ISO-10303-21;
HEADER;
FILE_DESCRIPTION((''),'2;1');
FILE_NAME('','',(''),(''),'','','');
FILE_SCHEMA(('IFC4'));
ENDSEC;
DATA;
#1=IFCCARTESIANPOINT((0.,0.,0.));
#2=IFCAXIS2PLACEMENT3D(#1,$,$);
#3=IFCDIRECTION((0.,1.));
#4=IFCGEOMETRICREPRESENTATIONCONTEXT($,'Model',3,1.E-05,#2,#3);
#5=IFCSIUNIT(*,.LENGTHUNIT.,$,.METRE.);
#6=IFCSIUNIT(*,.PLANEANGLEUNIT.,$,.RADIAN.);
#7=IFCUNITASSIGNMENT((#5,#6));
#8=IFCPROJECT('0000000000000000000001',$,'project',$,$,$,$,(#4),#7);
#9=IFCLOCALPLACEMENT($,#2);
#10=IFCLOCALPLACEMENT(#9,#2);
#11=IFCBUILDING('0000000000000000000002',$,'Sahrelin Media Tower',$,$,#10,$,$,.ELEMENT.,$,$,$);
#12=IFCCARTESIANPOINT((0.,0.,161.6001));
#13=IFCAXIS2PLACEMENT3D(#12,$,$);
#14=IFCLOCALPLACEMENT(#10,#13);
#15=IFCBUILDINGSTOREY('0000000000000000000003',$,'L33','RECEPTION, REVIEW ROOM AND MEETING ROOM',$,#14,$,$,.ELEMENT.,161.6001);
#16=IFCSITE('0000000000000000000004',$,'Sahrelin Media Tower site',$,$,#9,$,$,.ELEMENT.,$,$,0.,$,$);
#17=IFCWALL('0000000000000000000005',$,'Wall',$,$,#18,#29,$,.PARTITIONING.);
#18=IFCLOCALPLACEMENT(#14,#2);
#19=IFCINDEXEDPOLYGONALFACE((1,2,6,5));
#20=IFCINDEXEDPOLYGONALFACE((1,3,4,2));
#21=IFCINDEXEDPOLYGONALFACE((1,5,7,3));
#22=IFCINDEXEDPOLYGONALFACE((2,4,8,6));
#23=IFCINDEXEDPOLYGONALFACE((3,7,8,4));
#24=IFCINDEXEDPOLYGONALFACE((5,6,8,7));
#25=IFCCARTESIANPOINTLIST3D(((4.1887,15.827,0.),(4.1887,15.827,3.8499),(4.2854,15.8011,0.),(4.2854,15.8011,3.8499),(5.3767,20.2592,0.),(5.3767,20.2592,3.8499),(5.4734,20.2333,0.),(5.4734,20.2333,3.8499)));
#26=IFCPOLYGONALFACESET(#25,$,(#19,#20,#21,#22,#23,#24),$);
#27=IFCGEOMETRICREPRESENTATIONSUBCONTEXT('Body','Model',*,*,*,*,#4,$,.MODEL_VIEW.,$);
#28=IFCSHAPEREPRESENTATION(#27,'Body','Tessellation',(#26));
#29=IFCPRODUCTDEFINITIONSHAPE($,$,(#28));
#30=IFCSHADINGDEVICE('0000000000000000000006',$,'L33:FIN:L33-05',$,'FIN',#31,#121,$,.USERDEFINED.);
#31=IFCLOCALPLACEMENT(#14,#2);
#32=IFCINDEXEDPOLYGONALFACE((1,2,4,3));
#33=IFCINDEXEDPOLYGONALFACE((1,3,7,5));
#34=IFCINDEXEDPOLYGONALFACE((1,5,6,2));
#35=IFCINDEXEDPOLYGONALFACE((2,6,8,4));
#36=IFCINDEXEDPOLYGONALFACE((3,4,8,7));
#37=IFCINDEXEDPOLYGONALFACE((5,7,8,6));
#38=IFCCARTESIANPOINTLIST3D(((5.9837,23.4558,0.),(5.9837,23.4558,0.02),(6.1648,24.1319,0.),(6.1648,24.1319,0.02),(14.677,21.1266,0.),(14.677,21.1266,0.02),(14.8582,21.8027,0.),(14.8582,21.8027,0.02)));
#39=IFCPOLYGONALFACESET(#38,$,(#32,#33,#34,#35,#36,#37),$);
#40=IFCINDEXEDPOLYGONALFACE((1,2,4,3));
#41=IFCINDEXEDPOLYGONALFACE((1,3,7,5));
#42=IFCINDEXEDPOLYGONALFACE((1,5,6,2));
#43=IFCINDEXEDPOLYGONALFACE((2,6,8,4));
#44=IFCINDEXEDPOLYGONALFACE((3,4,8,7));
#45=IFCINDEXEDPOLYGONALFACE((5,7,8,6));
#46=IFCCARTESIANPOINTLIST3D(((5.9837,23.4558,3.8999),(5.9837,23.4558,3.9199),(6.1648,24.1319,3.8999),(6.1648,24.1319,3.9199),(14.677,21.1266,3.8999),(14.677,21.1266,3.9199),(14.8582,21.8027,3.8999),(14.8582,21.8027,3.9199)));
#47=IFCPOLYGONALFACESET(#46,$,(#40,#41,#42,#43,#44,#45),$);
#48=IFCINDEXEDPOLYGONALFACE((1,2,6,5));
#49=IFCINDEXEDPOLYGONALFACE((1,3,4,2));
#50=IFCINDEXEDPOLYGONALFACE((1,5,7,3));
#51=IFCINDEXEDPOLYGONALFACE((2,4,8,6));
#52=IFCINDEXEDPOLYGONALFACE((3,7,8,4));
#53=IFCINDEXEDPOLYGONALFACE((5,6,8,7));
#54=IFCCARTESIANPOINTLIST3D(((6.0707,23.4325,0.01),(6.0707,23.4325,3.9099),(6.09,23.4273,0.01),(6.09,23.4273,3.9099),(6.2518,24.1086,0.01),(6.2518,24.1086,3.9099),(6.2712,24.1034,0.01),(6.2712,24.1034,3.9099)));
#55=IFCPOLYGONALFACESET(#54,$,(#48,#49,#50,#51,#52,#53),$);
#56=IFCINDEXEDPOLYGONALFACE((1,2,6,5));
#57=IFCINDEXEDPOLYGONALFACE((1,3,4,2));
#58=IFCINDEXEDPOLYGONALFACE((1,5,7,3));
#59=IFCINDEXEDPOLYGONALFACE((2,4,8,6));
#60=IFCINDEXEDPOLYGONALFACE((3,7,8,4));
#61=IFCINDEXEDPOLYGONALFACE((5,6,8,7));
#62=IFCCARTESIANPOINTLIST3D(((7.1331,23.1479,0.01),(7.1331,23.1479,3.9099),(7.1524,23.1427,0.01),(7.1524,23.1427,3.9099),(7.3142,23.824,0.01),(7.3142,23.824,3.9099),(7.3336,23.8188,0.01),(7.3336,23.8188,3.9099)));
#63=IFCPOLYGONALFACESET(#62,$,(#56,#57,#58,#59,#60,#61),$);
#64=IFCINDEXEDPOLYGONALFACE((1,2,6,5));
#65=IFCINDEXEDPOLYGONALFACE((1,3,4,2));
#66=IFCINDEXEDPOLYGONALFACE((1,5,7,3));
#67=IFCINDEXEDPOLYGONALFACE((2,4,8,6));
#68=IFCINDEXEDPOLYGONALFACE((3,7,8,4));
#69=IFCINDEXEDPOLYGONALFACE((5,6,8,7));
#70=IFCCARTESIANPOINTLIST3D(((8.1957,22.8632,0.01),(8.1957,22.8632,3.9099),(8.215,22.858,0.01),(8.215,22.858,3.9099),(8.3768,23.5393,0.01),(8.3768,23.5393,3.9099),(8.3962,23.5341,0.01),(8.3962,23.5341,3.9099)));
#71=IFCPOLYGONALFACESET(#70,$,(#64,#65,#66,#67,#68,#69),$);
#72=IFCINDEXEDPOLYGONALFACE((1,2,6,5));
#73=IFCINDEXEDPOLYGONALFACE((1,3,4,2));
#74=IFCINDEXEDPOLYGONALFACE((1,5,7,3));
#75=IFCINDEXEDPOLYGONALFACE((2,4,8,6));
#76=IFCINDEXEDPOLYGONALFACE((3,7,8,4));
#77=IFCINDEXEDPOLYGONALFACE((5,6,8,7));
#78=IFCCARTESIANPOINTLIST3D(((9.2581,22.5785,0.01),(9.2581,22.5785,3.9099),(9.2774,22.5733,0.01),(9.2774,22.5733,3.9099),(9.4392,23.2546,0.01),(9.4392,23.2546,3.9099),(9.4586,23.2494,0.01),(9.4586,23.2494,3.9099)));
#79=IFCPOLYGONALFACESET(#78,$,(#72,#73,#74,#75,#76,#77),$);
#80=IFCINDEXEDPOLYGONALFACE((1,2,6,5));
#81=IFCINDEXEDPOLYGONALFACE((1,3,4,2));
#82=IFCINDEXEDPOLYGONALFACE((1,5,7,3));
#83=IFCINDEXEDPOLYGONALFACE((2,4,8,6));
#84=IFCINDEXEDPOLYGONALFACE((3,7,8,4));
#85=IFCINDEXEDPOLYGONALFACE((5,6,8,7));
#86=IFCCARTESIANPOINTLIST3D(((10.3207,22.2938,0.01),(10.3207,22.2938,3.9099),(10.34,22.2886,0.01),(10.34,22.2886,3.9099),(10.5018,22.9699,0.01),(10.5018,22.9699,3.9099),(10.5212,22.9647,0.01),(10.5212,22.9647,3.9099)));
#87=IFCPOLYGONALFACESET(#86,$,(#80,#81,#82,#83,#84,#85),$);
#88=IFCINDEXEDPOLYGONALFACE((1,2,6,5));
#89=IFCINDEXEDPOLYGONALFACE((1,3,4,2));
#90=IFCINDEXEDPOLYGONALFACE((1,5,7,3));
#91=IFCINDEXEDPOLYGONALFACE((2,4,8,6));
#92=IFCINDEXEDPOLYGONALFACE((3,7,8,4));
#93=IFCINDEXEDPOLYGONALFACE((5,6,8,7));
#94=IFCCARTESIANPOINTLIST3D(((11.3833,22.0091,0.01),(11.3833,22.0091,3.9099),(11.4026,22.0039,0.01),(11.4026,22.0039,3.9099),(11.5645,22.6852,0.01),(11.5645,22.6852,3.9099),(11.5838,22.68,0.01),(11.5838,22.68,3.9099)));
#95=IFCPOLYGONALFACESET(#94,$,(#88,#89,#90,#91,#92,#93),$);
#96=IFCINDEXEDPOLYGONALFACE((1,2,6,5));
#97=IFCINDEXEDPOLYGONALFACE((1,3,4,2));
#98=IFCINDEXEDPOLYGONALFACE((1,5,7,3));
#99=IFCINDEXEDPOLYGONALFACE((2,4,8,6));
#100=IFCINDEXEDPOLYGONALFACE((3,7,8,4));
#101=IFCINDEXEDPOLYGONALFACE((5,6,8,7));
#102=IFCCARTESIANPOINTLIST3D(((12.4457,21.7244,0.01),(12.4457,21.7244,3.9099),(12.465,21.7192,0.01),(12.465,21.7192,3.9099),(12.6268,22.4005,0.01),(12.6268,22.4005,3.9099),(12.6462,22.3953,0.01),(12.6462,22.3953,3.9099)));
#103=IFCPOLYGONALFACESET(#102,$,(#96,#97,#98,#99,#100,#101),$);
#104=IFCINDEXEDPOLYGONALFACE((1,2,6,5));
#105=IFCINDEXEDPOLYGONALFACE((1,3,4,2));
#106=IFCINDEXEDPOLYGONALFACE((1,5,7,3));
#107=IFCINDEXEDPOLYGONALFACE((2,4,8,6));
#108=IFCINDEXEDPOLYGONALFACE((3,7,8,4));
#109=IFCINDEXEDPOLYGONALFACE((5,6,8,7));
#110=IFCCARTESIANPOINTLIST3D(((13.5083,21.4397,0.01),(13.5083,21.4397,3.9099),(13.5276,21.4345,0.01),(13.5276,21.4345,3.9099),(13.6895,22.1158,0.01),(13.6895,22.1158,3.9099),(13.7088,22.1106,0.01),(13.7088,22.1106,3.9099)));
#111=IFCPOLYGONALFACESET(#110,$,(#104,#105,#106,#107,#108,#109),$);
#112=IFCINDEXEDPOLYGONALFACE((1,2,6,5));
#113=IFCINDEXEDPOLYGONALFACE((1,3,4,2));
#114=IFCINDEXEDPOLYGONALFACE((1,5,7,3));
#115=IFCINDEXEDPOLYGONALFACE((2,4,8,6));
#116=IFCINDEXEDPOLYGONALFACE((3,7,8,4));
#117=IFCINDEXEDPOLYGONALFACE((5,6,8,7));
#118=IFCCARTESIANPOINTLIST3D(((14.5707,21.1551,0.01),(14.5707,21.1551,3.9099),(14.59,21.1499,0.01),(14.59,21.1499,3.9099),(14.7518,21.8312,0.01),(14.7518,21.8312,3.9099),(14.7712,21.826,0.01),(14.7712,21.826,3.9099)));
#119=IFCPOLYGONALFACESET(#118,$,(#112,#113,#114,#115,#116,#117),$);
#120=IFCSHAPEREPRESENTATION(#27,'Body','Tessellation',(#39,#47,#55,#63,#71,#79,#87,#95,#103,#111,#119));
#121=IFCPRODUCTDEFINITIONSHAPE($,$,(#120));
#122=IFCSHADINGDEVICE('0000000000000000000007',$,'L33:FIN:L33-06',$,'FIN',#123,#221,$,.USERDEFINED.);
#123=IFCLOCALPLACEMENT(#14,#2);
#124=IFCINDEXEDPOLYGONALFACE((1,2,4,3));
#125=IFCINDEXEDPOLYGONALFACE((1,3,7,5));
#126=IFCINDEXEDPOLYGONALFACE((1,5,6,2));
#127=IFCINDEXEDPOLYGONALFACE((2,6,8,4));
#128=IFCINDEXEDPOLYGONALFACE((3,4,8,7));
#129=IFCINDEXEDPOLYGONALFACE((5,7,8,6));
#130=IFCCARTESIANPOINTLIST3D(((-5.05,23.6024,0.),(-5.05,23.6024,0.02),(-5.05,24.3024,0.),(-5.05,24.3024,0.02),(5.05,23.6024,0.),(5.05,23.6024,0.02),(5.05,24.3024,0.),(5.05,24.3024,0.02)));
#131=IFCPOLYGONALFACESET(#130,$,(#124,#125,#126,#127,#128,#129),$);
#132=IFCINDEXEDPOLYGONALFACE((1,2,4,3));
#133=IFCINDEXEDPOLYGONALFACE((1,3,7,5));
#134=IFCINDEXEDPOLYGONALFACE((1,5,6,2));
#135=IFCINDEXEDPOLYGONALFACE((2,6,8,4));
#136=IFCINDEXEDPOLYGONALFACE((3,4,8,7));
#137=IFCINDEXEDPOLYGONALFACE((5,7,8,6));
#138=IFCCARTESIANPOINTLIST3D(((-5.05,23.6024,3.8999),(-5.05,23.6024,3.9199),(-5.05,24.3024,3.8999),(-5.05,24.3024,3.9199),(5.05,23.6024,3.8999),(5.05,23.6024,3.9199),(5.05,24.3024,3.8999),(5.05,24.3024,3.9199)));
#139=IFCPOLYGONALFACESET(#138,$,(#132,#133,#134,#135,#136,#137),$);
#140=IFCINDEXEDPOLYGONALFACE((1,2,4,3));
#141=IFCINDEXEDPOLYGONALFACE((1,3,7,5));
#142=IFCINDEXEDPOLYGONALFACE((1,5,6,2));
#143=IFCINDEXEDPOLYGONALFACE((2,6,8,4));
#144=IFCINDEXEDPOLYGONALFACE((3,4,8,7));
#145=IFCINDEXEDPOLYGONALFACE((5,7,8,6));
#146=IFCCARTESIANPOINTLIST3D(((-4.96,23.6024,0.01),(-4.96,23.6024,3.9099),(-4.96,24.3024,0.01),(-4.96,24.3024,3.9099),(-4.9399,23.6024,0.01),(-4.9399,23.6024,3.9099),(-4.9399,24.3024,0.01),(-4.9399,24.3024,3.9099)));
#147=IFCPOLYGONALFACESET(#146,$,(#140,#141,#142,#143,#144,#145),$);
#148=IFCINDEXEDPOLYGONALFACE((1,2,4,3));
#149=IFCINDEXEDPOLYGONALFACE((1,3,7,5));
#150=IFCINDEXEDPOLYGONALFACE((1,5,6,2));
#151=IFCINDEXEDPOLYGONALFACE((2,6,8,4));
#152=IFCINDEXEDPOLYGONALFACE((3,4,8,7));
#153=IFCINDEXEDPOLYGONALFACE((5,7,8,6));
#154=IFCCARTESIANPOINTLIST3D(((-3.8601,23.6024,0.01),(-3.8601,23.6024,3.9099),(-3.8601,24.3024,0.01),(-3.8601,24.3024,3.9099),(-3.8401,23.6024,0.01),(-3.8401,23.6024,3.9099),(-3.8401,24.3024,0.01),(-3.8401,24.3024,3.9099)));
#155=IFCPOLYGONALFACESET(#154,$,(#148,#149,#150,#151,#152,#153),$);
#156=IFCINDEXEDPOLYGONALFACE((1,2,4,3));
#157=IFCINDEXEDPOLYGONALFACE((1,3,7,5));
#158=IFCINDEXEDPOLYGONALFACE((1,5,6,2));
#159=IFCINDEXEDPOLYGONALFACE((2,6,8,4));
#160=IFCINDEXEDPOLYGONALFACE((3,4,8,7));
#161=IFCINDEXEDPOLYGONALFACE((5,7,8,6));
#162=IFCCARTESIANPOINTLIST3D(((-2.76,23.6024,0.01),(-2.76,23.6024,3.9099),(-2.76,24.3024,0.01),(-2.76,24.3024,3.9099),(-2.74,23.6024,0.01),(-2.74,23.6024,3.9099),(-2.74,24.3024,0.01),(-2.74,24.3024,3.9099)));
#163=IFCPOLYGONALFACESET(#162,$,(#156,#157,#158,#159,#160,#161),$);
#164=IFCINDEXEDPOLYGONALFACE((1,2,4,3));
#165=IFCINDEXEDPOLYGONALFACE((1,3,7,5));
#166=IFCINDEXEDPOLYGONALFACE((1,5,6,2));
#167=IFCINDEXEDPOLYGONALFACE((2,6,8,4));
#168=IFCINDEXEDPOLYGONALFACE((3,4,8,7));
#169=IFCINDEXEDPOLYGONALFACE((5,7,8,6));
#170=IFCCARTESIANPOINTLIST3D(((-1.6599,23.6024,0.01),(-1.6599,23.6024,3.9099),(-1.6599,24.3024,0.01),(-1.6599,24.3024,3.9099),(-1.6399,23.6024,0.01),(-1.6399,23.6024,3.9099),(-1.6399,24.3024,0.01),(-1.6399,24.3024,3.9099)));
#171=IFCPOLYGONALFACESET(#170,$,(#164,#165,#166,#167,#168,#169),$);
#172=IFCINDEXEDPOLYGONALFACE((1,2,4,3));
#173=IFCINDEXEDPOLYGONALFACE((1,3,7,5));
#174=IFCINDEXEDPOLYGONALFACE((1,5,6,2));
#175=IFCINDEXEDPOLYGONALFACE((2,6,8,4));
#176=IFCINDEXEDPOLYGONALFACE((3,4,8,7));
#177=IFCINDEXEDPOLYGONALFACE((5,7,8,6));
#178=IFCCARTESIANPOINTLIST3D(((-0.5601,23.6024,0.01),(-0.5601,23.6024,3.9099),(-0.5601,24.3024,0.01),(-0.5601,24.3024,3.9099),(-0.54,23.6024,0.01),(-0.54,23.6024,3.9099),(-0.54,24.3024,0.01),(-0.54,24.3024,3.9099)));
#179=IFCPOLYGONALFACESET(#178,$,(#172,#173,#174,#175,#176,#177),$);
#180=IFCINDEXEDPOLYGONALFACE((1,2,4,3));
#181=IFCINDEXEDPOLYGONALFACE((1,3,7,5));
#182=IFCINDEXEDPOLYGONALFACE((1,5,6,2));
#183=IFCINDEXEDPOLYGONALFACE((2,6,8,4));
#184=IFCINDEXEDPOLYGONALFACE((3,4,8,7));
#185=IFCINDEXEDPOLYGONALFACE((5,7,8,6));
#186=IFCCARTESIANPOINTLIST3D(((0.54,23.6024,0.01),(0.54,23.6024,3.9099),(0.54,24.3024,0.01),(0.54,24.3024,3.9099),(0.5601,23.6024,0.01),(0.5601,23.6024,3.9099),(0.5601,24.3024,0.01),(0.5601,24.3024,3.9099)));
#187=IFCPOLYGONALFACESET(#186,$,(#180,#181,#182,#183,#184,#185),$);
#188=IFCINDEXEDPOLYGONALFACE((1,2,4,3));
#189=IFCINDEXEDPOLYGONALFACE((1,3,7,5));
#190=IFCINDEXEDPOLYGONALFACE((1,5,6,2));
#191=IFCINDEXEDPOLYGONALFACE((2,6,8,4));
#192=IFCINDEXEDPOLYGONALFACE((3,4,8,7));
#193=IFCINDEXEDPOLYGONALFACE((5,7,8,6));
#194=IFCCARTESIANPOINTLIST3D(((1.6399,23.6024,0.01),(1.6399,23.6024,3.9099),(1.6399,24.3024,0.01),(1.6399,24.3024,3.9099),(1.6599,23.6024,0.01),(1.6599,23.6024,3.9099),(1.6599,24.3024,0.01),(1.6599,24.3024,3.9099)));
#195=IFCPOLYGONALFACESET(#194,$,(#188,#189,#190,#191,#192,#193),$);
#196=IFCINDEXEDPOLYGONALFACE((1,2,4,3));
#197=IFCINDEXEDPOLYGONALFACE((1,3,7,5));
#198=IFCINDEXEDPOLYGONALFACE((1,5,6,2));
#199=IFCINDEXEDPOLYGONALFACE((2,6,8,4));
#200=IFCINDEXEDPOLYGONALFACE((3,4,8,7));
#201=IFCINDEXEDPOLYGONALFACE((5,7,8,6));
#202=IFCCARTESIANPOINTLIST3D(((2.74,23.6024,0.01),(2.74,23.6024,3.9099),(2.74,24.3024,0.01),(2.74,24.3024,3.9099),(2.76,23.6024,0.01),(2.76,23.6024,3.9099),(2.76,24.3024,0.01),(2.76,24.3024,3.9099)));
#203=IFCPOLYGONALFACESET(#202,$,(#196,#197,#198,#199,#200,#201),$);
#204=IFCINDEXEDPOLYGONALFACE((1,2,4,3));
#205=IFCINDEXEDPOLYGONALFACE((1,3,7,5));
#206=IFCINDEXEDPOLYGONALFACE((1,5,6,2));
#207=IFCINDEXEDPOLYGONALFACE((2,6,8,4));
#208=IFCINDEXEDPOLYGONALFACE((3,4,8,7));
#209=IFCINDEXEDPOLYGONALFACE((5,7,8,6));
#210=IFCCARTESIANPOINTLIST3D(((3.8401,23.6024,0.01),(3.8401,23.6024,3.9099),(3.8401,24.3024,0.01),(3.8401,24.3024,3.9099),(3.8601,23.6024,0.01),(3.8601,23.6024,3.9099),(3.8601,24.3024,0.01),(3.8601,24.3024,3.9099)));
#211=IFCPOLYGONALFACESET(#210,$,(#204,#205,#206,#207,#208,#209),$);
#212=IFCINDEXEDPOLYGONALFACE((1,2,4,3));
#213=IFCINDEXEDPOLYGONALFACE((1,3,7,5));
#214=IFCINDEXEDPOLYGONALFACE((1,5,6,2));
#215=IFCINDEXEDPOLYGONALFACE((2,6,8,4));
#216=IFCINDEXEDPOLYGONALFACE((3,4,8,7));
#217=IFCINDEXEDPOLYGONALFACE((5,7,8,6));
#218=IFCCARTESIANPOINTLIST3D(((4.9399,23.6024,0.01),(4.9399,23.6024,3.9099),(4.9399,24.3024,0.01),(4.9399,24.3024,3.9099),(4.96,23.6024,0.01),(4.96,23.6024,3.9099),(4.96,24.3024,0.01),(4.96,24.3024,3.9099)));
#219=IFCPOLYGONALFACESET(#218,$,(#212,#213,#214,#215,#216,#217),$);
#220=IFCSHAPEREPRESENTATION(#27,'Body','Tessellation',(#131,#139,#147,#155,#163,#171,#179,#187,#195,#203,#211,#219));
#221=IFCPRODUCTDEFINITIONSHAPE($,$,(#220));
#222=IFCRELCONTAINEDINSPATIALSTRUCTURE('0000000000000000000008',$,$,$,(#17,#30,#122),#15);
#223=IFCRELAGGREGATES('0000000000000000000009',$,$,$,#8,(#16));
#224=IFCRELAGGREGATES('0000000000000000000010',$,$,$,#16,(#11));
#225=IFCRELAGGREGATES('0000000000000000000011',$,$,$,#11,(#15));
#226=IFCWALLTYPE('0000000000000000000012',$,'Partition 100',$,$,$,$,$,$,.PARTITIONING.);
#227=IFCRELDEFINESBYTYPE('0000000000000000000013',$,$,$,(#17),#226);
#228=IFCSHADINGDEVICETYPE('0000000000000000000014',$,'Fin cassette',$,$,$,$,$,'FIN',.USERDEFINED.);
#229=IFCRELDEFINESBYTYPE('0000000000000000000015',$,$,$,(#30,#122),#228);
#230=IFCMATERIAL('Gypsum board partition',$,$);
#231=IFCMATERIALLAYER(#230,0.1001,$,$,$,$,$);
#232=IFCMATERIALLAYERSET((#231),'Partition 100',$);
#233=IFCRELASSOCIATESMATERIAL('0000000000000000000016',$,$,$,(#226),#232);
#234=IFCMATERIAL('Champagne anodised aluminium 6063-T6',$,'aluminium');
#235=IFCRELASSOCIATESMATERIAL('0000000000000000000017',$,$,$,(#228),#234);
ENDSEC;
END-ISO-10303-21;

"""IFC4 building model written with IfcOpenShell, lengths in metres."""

from ifc_helpers import new_model, si_unit, direction, frame, frame_2d, origin, origin_2d, place, context, subcontext, project, spatial, rectangle, extrude, material, layer, layer_set, type_object, element, save


model = new_model("IFC4")

# Units and contexts
model_context = context("Model", 3, precision=1e-05, world=origin(), true_north=direction((0.0, 1.0)))
body_context = subcontext(model_context, "Body", "Model", "MODEL_VIEW")
ifc_project = project(units=[si_unit("LENGTHUNIT", "METRE"), si_unit("PLANEANGLEUNIT", "RADIAN")], contexts=[model_context])

# Site, building, storey
site_placement = place(None, origin())
site = spatial("IfcSite", under=ifc_project, at=site_placement, Name="Sahrelin Media Tower site", CompositionType="ELEMENT", RefElevation=0.0)
building_placement = place(site_placement, origin())
building = spatial("IfcBuilding", under=site, at=building_placement, Name="Sahrelin Media Tower", CompositionType="ELEMENT")
storey_placement = place(building_placement, frame((0.0, 0.0, 161.6001)))
storey = spatial("IfcBuildingStorey", under=building, at=storey_placement, Name="L33", Description="RECEPTION, REVIEW ROOM AND MEETING ROOM", CompositionType="ELEMENT", Elevation=161.6001)

# Shared definitions
ifc_material_1 = material(Name="Champagne anodised aluminium 6063-T6", Category="aluminium")
placement_1 = place(storey_placement, frame((0.0, 23.5325, 0.0), z_axis=(0.0, 0.0, 1.0), x_axis=(1.0, 0.0, 0.0)))

# Wall
ifc_material_2 = material(Name="Gypsum board partition")
ifc_layer_1 = layer(ifc_material_2, 0.1001)
ifc_layer_set_1 = layer_set([ifc_layer_1], Name="Partition 100")
wall_type_1 = type_object("IfcWallType", Name="Partition 100", PredefinedType="PARTITIONING", material=ifc_layer_set_1)
wall_1_placement = place(storey_placement, frame((4.2371, 15.814, 0.0), z_axis=(0.0, 0.0, 1.0), x_axis=(0.258901, 0.965904, 0.0)))
element("IfcWall", 1, at=wall_1_placement, inside=storey, type_object=wall_type_1, Name="Wall", PredefinedType="PARTITIONING", context=body_context, shape_type="SweptSolid", body=[
    extrude(rectangle(XDim=4.5886, YDim=0.1001, at=frame_2d((2.2944, 0.0))), origin(), (0.0, 0.0, 1.0), 3.8499),
])

# Shading devices
shading_device_type_1 = type_object("IfcShadingDeviceType", Name="Fin cassette", ElementType="FIN", PredefinedType="USERDEFINED", material=ifc_material_1)
placement_2 = place(storey_placement, frame((10.3123, 22.2236, 0.0), z_axis=(0.0, 0.0, 1.0), x_axis=(0.965929, -0.258808, 0.0)))
element("IfcShadingDevice", 2, at=placement_2, inside=storey, type_object=shading_device_type_1, Name="L33:FIN:L33-05", ObjectType="FIN", PredefinedType="USERDEFINED", context=body_context, shape_type="SweptSolid", body=[
    extrude(rectangle(XDim=9.0, YDim=0.7, at=origin_2d()), frame((0.0, 0.4199, 0.0)), (0.0, 0.0, 1.0), 0.02),
    extrude(rectangle(XDim=9.0, YDim=0.7, at=origin_2d()), frame((0.0, 0.4199, 3.8999)), (0.0, 0.0, 1.0), 0.02),
    extrude(rectangle(XDim=0.02, YDim=0.7, at=origin_2d()), frame((-4.3999, 0.4199, 0.01), z_axis=(0.0, 0.0, 1.0), x_axis=(1.0, 0.0, 0.0)), (0.0, 0.0, 1.0), 3.8999),
    extrude(rectangle(XDim=0.02, YDim=0.7, at=origin_2d()), frame((-3.3, 0.4199, 0.01), z_axis=(0.0, 0.0, 1.0), x_axis=(1.0, 0.0, 0.0)), (0.0, 0.0, 1.0), 3.8999),
    extrude(rectangle(XDim=0.02, YDim=0.7, at=origin_2d()), frame((-2.2, 0.4199, 0.01), z_axis=(0.0, 0.0, 1.0), x_axis=(1.0, 0.0, 0.0)), (0.0, 0.0, 1.0), 3.8999),
    extrude(rectangle(XDim=0.02, YDim=0.7, at=origin_2d()), frame((-1.1001, 0.4199, 0.01), z_axis=(0.0, 0.0, 1.0), x_axis=(1.0, 0.0, 0.0)), (0.0, 0.0, 1.0), 3.8999),
    extrude(rectangle(XDim=0.02, YDim=0.7, at=origin_2d()), frame((0.0, 0.4199, 0.01), z_axis=(0.0, 0.0, 1.0), x_axis=(1.0, 0.0, 0.0)), (0.0, 0.0, 1.0), 3.8999),
    extrude(rectangle(XDim=0.02, YDim=0.7, at=origin_2d()), frame((1.1001, 0.4199, 0.01), z_axis=(0.0, 0.0, 1.0), x_axis=(1.0, 0.0, 0.0)), (0.0, 0.0, 1.0), 3.8999),
    extrude(rectangle(XDim=0.02, YDim=0.7, at=origin_2d()), frame((2.2, 0.4199, 0.01), z_axis=(0.0, 0.0, 1.0), x_axis=(1.0, 0.0, 0.0)), (0.0, 0.0, 1.0), 3.8999),
    extrude(rectangle(XDim=0.02, YDim=0.7, at=origin_2d()), frame((3.3, 0.4199, 0.01), z_axis=(0.0, 0.0, 1.0), x_axis=(1.0, 0.0, 0.0)), (0.0, 0.0, 1.0), 3.8999),
    extrude(rectangle(XDim=0.02, YDim=0.7, at=origin_2d()), frame((4.3999, 0.4199, 0.01), z_axis=(0.0, 0.0, 1.0), x_axis=(1.0, 0.0, 0.0)), (0.0, 0.0, 1.0), 3.8999),
])
element("IfcShadingDevice", 3, at=placement_1, inside=storey, type_object=shading_device_type_1, Name="L33:FIN:L33-06", ObjectType="FIN", PredefinedType="USERDEFINED", context=body_context, shape_type="SweptSolid", body=[
    extrude(rectangle(XDim=10.1001, YDim=0.7, at=origin_2d()), frame((0.0, 0.4199, 0.0)), (0.0, 0.0, 1.0), 0.02),
    extrude(rectangle(XDim=10.1001, YDim=0.7, at=origin_2d()), frame((0.0, 0.4199, 3.8999)), (0.0, 0.0, 1.0), 0.02),
    extrude(rectangle(XDim=0.02, YDim=0.7, at=origin_2d()), frame((-4.95, 0.4199, 0.01), z_axis=(0.0, 0.0, 1.0), x_axis=(1.0, 0.0, 0.0)), (0.0, 0.0, 1.0), 3.8999),
    extrude(rectangle(XDim=0.02, YDim=0.7, at=origin_2d()), frame((-3.8501, 0.4199, 0.01), z_axis=(0.0, 0.0, 1.0), x_axis=(1.0, 0.0, 0.0)), (0.0, 0.0, 1.0), 3.8999),
    extrude(rectangle(XDim=0.02, YDim=0.7, at=origin_2d()), frame((-2.75, 0.4199, 0.01), z_axis=(0.0, 0.0, 1.0), x_axis=(1.0, 0.0, 0.0)), (0.0, 0.0, 1.0), 3.8999),
    extrude(rectangle(XDim=0.02, YDim=0.7, at=origin_2d()), frame((-1.6499, 0.4199, 0.01), z_axis=(0.0, 0.0, 1.0), x_axis=(1.0, 0.0, 0.0)), (0.0, 0.0, 1.0), 3.8999),
    extrude(rectangle(XDim=0.02, YDim=0.7, at=origin_2d()), frame((-0.55, 0.4199, 0.01), z_axis=(0.0, 0.0, 1.0), x_axis=(1.0, 0.0, 0.0)), (0.0, 0.0, 1.0), 3.8999),
    extrude(rectangle(XDim=0.02, YDim=0.7, at=origin_2d()), frame((0.55, 0.4199, 0.01), z_axis=(0.0, 0.0, 1.0), x_axis=(1.0, 0.0, 0.0)), (0.0, 0.0, 1.0), 3.8999),
    extrude(rectangle(XDim=0.02, YDim=0.7, at=origin_2d()), frame((1.6499, 0.4199, 0.01), z_axis=(0.0, 0.0, 1.0), x_axis=(1.0, 0.0, 0.0)), (0.0, 0.0, 1.0), 3.8999),
    extrude(rectangle(XDim=0.02, YDim=0.7, at=origin_2d()), frame((2.75, 0.4199, 0.01), z_axis=(0.0, 0.0, 1.0), x_axis=(1.0, 0.0, 0.0)), (0.0, 0.0, 1.0), 3.8999),
    extrude(rectangle(XDim=0.02, YDim=0.7, at=origin_2d()), frame((3.8501, 0.4199, 0.01), z_axis=(0.0, 0.0, 1.0), x_axis=(1.0, 0.0, 0.0)), (0.0, 0.0, 1.0), 3.8999),
    extrude(rectangle(XDim=0.02, YDim=0.7, at=origin_2d()), frame((4.95, 0.4199, 0.01), z_axis=(0.0, 0.0, 1.0), x_axis=(1.0, 0.0, 0.0)), (0.0, 0.0, 1.0), 3.8999),
])

save(model, "model.ifc")
